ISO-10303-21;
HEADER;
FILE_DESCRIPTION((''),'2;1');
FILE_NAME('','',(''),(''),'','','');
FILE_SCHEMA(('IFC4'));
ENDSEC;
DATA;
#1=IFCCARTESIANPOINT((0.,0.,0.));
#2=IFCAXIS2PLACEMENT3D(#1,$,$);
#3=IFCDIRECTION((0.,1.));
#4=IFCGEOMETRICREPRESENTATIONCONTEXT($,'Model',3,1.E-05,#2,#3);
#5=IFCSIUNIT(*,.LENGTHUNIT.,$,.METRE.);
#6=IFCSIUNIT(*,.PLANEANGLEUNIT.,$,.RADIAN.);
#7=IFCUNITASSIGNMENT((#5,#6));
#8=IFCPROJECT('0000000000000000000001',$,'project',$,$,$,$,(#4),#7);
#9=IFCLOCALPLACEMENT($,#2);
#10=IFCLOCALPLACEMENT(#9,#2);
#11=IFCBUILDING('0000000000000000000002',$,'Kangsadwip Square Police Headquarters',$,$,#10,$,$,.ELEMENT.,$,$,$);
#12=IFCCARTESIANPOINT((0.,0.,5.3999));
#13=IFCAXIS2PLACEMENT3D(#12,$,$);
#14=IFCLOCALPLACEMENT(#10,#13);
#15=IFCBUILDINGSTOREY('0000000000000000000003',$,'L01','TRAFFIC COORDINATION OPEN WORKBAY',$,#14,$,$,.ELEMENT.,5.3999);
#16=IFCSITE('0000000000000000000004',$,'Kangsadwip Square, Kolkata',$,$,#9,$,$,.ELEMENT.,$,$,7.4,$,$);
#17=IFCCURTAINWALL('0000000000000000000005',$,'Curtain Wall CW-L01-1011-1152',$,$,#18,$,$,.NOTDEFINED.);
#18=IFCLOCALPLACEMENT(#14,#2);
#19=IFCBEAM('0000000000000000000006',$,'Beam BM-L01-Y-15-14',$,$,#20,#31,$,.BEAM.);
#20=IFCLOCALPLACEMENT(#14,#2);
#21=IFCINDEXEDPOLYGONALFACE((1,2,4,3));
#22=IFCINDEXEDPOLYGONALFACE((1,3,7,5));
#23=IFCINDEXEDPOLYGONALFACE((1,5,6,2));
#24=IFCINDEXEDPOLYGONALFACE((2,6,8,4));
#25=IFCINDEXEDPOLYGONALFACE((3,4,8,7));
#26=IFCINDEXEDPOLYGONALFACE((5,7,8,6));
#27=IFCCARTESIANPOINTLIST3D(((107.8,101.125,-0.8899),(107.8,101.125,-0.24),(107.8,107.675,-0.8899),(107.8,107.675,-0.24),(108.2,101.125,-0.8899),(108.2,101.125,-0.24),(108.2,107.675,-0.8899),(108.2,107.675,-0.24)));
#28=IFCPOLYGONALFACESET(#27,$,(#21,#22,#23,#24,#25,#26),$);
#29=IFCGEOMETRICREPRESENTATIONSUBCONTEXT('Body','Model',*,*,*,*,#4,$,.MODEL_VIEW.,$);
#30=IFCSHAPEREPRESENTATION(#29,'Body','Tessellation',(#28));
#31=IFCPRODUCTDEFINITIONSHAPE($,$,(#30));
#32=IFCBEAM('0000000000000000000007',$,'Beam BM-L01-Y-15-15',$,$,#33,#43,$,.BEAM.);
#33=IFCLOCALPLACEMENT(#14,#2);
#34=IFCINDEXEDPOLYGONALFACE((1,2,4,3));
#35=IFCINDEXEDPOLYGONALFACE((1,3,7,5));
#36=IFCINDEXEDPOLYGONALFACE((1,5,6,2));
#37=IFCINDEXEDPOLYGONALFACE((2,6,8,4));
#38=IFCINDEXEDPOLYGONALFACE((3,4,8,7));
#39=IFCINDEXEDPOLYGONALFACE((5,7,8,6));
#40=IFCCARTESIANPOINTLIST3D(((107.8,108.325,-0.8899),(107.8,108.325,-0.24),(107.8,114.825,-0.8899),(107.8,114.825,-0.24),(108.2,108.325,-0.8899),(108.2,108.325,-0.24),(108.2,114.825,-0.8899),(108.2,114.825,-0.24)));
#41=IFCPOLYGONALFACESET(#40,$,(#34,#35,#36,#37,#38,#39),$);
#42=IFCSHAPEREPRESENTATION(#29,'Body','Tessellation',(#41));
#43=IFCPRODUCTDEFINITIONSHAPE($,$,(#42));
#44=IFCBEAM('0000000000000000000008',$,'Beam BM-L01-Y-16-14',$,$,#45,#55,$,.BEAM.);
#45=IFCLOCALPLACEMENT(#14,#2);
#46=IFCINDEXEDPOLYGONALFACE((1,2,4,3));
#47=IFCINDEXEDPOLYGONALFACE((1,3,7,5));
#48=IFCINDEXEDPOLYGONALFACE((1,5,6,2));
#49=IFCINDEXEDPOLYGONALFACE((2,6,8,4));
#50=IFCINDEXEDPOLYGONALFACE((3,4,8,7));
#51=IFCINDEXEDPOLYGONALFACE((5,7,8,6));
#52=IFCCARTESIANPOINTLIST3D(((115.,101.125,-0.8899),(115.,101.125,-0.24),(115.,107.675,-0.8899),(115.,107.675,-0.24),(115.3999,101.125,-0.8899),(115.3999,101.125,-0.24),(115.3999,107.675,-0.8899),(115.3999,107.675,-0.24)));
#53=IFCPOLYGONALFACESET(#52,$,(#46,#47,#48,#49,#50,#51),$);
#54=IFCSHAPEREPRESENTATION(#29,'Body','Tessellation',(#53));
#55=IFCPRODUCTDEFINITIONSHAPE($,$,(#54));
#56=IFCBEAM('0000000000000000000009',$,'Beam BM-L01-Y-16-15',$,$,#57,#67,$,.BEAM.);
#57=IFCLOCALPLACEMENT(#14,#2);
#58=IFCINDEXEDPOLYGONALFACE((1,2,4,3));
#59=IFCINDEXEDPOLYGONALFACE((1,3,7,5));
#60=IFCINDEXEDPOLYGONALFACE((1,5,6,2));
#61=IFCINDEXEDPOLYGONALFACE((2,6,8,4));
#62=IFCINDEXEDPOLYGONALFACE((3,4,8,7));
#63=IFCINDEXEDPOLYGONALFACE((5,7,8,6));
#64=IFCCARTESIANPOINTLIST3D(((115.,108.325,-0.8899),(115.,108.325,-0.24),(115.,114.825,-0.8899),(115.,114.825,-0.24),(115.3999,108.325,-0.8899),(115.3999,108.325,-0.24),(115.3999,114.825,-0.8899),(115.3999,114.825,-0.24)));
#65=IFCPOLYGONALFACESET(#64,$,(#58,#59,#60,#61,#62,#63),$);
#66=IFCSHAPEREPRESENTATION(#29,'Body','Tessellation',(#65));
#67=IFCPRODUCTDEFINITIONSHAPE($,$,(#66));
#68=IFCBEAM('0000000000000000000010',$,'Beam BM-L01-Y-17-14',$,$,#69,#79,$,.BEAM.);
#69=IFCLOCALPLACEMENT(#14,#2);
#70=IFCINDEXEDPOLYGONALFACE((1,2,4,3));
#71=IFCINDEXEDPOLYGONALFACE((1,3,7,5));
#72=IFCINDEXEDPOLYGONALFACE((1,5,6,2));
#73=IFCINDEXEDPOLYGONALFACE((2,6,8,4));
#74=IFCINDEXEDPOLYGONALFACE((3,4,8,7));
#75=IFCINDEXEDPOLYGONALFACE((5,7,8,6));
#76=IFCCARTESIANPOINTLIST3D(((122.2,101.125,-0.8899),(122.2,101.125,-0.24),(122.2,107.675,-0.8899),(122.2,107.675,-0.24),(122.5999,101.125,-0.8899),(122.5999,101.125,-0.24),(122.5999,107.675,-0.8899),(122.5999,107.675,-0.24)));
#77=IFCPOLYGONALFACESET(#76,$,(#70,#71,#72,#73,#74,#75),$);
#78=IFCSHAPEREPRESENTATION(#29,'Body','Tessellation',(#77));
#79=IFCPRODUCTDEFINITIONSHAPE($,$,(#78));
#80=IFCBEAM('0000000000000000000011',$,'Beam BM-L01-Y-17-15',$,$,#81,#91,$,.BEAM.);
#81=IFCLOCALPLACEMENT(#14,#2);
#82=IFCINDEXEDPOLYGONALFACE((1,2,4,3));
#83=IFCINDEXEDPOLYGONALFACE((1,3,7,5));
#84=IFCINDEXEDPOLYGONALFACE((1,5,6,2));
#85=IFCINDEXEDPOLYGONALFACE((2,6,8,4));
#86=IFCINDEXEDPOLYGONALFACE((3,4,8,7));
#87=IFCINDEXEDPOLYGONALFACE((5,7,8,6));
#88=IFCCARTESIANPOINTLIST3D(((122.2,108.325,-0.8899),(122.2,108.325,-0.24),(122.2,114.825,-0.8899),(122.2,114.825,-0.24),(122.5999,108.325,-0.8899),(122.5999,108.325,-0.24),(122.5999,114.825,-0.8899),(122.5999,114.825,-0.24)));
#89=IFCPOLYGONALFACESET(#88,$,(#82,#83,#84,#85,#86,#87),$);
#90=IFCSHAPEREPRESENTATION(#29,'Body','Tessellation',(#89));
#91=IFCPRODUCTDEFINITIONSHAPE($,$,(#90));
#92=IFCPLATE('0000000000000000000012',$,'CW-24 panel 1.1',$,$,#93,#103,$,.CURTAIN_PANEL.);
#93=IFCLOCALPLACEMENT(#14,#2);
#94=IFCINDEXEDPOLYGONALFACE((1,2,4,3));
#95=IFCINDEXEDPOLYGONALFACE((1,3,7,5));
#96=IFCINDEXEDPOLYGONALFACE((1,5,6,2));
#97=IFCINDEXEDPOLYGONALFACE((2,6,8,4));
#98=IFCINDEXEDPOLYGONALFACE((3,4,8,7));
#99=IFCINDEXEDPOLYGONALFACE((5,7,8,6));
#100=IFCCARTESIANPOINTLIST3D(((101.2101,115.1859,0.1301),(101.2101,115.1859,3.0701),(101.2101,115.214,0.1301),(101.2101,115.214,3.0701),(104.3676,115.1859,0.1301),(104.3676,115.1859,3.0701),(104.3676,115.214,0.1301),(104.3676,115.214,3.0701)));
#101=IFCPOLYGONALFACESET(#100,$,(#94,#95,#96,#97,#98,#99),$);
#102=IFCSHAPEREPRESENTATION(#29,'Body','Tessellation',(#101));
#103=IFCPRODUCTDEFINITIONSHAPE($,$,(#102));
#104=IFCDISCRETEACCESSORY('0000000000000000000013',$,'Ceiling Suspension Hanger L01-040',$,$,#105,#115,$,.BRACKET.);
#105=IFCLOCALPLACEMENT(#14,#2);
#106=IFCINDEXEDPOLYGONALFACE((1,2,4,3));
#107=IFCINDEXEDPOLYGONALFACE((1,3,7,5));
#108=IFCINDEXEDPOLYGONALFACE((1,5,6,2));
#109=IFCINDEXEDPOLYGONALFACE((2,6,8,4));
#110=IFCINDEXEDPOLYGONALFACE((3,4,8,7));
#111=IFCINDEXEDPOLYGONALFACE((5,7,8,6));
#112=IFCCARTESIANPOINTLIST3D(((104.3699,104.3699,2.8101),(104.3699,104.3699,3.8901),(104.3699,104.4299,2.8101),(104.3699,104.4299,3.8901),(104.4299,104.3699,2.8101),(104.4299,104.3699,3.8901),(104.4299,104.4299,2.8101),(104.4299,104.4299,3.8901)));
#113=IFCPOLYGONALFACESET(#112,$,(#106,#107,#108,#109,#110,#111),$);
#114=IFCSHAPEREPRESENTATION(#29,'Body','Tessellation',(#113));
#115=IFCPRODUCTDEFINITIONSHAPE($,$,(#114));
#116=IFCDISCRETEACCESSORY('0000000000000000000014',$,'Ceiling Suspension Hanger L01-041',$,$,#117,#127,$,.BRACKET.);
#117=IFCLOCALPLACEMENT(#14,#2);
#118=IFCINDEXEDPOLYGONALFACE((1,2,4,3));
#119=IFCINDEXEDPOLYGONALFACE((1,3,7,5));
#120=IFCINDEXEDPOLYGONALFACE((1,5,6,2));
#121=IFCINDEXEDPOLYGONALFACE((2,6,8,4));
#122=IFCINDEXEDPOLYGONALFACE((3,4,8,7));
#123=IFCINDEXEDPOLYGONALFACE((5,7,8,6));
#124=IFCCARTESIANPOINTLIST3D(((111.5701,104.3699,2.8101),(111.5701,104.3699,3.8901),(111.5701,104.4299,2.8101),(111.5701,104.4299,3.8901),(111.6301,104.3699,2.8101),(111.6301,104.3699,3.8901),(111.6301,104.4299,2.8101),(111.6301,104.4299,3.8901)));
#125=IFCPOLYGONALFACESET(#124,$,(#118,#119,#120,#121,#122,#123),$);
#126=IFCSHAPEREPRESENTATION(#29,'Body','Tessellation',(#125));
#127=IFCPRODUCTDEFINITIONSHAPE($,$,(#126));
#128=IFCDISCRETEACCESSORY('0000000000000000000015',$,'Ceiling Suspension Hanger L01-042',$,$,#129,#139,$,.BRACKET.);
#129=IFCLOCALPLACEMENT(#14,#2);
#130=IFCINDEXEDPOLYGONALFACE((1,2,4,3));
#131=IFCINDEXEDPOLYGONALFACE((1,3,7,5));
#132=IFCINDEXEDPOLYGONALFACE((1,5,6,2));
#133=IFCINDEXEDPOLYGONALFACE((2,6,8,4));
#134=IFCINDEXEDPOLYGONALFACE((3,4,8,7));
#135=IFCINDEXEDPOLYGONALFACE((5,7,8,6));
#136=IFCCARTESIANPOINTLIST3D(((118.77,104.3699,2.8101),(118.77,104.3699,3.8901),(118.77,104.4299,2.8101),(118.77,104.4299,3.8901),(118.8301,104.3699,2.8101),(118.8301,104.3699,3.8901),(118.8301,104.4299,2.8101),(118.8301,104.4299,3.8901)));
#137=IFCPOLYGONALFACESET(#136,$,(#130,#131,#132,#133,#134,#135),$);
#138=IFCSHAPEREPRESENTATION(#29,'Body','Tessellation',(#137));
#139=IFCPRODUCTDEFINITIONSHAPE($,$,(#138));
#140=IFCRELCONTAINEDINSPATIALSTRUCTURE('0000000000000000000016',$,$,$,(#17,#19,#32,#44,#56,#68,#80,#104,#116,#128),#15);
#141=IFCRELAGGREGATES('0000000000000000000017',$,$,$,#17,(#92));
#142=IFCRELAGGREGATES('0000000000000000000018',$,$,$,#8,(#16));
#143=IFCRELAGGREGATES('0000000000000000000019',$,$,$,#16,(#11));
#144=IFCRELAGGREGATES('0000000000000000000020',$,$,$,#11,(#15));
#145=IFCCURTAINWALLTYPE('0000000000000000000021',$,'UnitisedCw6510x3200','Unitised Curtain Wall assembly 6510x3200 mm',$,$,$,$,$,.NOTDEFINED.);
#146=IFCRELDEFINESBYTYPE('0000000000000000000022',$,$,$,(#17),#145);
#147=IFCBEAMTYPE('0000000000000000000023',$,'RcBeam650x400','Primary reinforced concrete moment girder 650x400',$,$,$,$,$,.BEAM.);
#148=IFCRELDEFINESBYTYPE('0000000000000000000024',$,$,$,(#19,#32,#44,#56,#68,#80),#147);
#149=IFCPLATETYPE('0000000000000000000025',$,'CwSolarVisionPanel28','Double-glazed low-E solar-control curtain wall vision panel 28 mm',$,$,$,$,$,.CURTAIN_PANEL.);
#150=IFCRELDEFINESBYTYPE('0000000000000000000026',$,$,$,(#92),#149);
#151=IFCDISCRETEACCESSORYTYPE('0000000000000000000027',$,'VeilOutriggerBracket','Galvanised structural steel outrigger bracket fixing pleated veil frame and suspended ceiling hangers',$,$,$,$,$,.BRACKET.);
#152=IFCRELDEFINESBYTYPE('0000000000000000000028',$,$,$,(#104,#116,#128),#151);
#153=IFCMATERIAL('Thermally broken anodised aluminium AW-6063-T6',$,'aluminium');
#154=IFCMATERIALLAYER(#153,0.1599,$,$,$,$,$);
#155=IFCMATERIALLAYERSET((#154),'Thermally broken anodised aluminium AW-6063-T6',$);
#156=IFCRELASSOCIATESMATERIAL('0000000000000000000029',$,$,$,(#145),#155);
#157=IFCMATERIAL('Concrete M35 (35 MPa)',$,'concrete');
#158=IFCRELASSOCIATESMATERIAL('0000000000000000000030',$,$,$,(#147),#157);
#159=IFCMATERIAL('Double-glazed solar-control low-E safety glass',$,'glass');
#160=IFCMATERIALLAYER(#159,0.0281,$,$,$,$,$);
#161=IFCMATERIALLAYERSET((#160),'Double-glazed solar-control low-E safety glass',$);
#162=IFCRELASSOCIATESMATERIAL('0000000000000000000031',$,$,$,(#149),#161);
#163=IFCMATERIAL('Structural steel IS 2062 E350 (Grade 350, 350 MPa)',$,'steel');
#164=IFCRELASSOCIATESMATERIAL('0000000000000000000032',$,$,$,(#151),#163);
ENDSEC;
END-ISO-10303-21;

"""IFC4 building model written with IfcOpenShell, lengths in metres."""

from ifc_helpers import new_model, si_unit, direction, frame, origin, origin_2d, place, context, subcontext, project, spatial, rectangle, extrude, material, layer, layer_set, material_profile, profile_set, type_object, element, aggregate, save


model = new_model("IFC4")

# Units and contexts
model_context = context("Model", 3, precision=1e-05, world=origin(), true_north=direction((0.0, 1.0)))
body_context = subcontext(model_context, "Body", "Model", "MODEL_VIEW")
ifc_project = project(units=[si_unit("LENGTHUNIT", "METRE"), si_unit("PLANEANGLEUNIT", "RADIAN")], contexts=[model_context])

# Site, building, storey
site_placement = place(None, origin())
site = spatial("IfcSite", under=ifc_project, at=site_placement, Name="Kangsadwip Square, Kolkata", CompositionType="ELEMENT", RefElevation=7.4)
building_placement = place(site_placement, origin())
building = spatial("IfcBuilding", under=site, at=building_placement, Name="Kangsadwip Square Police Headquarters", CompositionType="ELEMENT")
storey_placement = place(building_placement, frame((0.0, 0.0, 5.3999)))
storey = spatial("IfcBuildingStorey", under=building, at=storey_placement, Name="L01", Description="TRAFFIC COORDINATION OPEN WORKBAY", CompositionType="ELEMENT", Elevation=5.3999)

# Curtain wall
ifc_material_1 = material(Name="Thermally broken anodised aluminium AW-6063-T6", Category="aluminium")
ifc_layer_1 = layer(ifc_material_1, 0.1599)
ifc_layer_set_1 = layer_set([ifc_layer_1], Name="Thermally broken anodised aluminium AW-6063-T6")
curtain_wall_type = type_object("IfcCurtainWallType", Name="UnitisedCw6510x3200", Description="Unitised Curtain Wall assembly 6510x3200 mm", PredefinedType="NOTDEFINED", material=ifc_layer_set_1)
curtain_wall_placement = place(storey_placement, origin())
curtain_wall = element("IfcCurtainWall", 1, at=curtain_wall_placement, inside=storey, type_object=curtain_wall_type, Name="Curtain Wall CW-L01-1011-1152", PredefinedType="NOTDEFINED")

# Beams
ifc_material_2 = material(Name="Concrete M35 (35 MPa)", Category="concrete")
ifc_material_profile_1 = material_profile(ifc_material_2, rectangle(XDim=0.3999, YDim=0.6499, at=origin_2d()), Name="RC BM 650X400")
ifc_profile_set_1 = profile_set([ifc_material_profile_1], Name="Concrete M35 (35 MPa)")
beam_type = type_object("IfcBeamType", Name="RcBeam650x400", Description="Primary reinforced concrete moment girder 650x400", PredefinedType="BEAM", material=ifc_profile_set_1)
for number, where, z_axis, x_axis, name in (
    (2, (108.0, 101.125, -0.5649), (0.0, 1.0, 0.0), (-1.0, 0.0, 0.0), "Beam BM-L01-Y-15-14"),
):
    element("IfcBeam", number, at=place(storey_placement, frame(where, z_axis=z_axis, x_axis=x_axis)), inside=storey, type_object=beam_type, Name=name, PredefinedType="BEAM", context=body_context, shape_type="SweptSolid", body=[
        extrude(rectangle(XDim=0.3999, YDim=0.6499, at=origin_2d()), origin(), (0.0, 0.0, 1.0), 6.55),
    ])
beam_1_placement = place(storey_placement, frame((108.0, 108.325, -0.5649), z_axis=(0.0, 1.0, 0.0), x_axis=(-1.0, 0.0, 0.0)))
element("IfcBeam", 3, at=beam_1_placement, inside=storey, type_object=beam_type, Name="Beam BM-L01-Y-15-15", PredefinedType="BEAM", context=body_context, shape_type="SweptSolid", body=[
    extrude(rectangle(XDim=0.3999, YDim=0.6499, at=origin_2d()), origin(), (0.0, 0.0, 1.0), 6.5),
])
beam_2_placement = place(storey_placement, frame((115.2, 101.125, -0.5649), z_axis=(0.0, 1.0, 0.0), x_axis=(-1.0, 0.0, 0.0)))
element("IfcBeam", 4, at=beam_2_placement, inside=storey, type_object=beam_type, Name="Beam BM-L01-Y-16-14", PredefinedType="BEAM", context=body_context, shape_type="SweptSolid", body=[
    extrude(rectangle(XDim=0.3999, YDim=0.6499, at=origin_2d()), origin(), (0.0, 0.0, 1.0), 6.55),
])
beam_3_placement = place(storey_placement, frame((115.2, 108.325, -0.5649), z_axis=(0.0, 1.0, 0.0), x_axis=(-1.0, 0.0, 0.0)))
element("IfcBeam", 5, at=beam_3_placement, inside=storey, type_object=beam_type, Name="Beam BM-L01-Y-16-15", PredefinedType="BEAM", context=body_context, shape_type="SweptSolid", body=[
    extrude(rectangle(XDim=0.3999, YDim=0.6499, at=origin_2d()), origin(), (0.0, 0.0, 1.0), 6.5),
])
beam_4_placement = place(storey_placement, frame((122.3999, 101.125, -0.5649), z_axis=(0.0, 1.0, 0.0), x_axis=(-1.0, 0.0, 0.0)))
element("IfcBeam", 6, at=beam_4_placement, inside=storey, type_object=beam_type, Name="Beam BM-L01-Y-17-14", PredefinedType="BEAM", context=body_context, shape_type="SweptSolid", body=[
    extrude(rectangle(XDim=0.3999, YDim=0.6499, at=origin_2d()), origin(), (0.0, 0.0, 1.0), 6.55),
])
beam_5_placement = place(storey_placement, frame((122.3999, 108.325, -0.5649), z_axis=(0.0, 1.0, 0.0), x_axis=(-1.0, 0.0, 0.0)))
element("IfcBeam", 7, at=beam_5_placement, inside=storey, type_object=beam_type, Name="Beam BM-L01-Y-17-15", PredefinedType="BEAM", context=body_context, shape_type="SweptSolid", body=[
    extrude(rectangle(XDim=0.3999, YDim=0.6499, at=origin_2d()), origin(), (0.0, 0.0, 1.0), 6.5),
])

# Plate
ifc_material_3 = material(Name="Double-glazed solar-control low-E safety glass", Category="glass")
ifc_layer_2 = layer(ifc_material_3, 0.0281)
ifc_layer_set_2 = layer_set([ifc_layer_2], Name="Double-glazed solar-control low-E safety glass")
plate_type = type_object("IfcPlateType", Name="CwSolarVisionPanel28", Description="Double-glazed low-E solar-control curtain wall vision panel 28 mm", PredefinedType="CURTAIN_PANEL", material=ifc_layer_set_2)
plate_placement = place(storey_placement, frame((102.7888, 115.2, 0.1301), z_axis=(0.0, 0.0, 1.0), x_axis=(1.0, 0.0, 0.0)))
plate = element("IfcPlate", 8, at=plate_placement, type_object=plate_type, Name="CW-24 panel 1.1", PredefinedType="CURTAIN_PANEL", context=body_context, shape_type="SweptSolid", body=[
    extrude(rectangle(XDim=3.1575, YDim=0.0281, at=origin_2d()), origin(), (0.0, 0.0, 1.0), 2.9399),
])
aggregate(curtain_wall, [plate])

# Discrete accessories
ifc_material_4 = material(Name="Structural steel IS 2062 E350 (Grade 350, 350 MPa)", Category="steel")
discrete_accessory_type = type_object("IfcDiscreteAccessoryType", Name="VeilOutriggerBracket", Description="Galvanised structural steel outrigger bracket fixing pleated veil frame and suspended ceiling hangers", PredefinedType="BRACKET", material=ifc_material_4)
for number, where, z_axis, x_axis, name in (
    (9, (104.3999, 104.3999, 2.8101), (0.0, 0.0, 1.0), (1.0, 0.0, 0.0), "Ceiling Suspension Hanger L01-040"),
    (10, (111.6001, 104.3999, 2.8101), (0.0, 0.0, 1.0), (1.0, 0.0, 0.0), "Ceiling Suspension Hanger L01-041"),
    (11, (118.8, 104.3999, 2.8101), (0.0, 0.0, 1.0), (1.0, 0.0, 0.0), "Ceiling Suspension Hanger L01-042"),
):
    element("IfcDiscreteAccessory", number, at=place(storey_placement, frame(where, z_axis=z_axis, x_axis=x_axis)), inside=storey, type_object=discrete_accessory_type, Name=name, PredefinedType="BRACKET", context=body_context, shape_type="SweptSolid", body=[
        extrude(rectangle(XDim=0.0601, YDim=0.0601, at=origin_2d()), origin(), (0.0, 0.0, 1.0), 1.0801),
    ])

save(model, "model.ifc")
